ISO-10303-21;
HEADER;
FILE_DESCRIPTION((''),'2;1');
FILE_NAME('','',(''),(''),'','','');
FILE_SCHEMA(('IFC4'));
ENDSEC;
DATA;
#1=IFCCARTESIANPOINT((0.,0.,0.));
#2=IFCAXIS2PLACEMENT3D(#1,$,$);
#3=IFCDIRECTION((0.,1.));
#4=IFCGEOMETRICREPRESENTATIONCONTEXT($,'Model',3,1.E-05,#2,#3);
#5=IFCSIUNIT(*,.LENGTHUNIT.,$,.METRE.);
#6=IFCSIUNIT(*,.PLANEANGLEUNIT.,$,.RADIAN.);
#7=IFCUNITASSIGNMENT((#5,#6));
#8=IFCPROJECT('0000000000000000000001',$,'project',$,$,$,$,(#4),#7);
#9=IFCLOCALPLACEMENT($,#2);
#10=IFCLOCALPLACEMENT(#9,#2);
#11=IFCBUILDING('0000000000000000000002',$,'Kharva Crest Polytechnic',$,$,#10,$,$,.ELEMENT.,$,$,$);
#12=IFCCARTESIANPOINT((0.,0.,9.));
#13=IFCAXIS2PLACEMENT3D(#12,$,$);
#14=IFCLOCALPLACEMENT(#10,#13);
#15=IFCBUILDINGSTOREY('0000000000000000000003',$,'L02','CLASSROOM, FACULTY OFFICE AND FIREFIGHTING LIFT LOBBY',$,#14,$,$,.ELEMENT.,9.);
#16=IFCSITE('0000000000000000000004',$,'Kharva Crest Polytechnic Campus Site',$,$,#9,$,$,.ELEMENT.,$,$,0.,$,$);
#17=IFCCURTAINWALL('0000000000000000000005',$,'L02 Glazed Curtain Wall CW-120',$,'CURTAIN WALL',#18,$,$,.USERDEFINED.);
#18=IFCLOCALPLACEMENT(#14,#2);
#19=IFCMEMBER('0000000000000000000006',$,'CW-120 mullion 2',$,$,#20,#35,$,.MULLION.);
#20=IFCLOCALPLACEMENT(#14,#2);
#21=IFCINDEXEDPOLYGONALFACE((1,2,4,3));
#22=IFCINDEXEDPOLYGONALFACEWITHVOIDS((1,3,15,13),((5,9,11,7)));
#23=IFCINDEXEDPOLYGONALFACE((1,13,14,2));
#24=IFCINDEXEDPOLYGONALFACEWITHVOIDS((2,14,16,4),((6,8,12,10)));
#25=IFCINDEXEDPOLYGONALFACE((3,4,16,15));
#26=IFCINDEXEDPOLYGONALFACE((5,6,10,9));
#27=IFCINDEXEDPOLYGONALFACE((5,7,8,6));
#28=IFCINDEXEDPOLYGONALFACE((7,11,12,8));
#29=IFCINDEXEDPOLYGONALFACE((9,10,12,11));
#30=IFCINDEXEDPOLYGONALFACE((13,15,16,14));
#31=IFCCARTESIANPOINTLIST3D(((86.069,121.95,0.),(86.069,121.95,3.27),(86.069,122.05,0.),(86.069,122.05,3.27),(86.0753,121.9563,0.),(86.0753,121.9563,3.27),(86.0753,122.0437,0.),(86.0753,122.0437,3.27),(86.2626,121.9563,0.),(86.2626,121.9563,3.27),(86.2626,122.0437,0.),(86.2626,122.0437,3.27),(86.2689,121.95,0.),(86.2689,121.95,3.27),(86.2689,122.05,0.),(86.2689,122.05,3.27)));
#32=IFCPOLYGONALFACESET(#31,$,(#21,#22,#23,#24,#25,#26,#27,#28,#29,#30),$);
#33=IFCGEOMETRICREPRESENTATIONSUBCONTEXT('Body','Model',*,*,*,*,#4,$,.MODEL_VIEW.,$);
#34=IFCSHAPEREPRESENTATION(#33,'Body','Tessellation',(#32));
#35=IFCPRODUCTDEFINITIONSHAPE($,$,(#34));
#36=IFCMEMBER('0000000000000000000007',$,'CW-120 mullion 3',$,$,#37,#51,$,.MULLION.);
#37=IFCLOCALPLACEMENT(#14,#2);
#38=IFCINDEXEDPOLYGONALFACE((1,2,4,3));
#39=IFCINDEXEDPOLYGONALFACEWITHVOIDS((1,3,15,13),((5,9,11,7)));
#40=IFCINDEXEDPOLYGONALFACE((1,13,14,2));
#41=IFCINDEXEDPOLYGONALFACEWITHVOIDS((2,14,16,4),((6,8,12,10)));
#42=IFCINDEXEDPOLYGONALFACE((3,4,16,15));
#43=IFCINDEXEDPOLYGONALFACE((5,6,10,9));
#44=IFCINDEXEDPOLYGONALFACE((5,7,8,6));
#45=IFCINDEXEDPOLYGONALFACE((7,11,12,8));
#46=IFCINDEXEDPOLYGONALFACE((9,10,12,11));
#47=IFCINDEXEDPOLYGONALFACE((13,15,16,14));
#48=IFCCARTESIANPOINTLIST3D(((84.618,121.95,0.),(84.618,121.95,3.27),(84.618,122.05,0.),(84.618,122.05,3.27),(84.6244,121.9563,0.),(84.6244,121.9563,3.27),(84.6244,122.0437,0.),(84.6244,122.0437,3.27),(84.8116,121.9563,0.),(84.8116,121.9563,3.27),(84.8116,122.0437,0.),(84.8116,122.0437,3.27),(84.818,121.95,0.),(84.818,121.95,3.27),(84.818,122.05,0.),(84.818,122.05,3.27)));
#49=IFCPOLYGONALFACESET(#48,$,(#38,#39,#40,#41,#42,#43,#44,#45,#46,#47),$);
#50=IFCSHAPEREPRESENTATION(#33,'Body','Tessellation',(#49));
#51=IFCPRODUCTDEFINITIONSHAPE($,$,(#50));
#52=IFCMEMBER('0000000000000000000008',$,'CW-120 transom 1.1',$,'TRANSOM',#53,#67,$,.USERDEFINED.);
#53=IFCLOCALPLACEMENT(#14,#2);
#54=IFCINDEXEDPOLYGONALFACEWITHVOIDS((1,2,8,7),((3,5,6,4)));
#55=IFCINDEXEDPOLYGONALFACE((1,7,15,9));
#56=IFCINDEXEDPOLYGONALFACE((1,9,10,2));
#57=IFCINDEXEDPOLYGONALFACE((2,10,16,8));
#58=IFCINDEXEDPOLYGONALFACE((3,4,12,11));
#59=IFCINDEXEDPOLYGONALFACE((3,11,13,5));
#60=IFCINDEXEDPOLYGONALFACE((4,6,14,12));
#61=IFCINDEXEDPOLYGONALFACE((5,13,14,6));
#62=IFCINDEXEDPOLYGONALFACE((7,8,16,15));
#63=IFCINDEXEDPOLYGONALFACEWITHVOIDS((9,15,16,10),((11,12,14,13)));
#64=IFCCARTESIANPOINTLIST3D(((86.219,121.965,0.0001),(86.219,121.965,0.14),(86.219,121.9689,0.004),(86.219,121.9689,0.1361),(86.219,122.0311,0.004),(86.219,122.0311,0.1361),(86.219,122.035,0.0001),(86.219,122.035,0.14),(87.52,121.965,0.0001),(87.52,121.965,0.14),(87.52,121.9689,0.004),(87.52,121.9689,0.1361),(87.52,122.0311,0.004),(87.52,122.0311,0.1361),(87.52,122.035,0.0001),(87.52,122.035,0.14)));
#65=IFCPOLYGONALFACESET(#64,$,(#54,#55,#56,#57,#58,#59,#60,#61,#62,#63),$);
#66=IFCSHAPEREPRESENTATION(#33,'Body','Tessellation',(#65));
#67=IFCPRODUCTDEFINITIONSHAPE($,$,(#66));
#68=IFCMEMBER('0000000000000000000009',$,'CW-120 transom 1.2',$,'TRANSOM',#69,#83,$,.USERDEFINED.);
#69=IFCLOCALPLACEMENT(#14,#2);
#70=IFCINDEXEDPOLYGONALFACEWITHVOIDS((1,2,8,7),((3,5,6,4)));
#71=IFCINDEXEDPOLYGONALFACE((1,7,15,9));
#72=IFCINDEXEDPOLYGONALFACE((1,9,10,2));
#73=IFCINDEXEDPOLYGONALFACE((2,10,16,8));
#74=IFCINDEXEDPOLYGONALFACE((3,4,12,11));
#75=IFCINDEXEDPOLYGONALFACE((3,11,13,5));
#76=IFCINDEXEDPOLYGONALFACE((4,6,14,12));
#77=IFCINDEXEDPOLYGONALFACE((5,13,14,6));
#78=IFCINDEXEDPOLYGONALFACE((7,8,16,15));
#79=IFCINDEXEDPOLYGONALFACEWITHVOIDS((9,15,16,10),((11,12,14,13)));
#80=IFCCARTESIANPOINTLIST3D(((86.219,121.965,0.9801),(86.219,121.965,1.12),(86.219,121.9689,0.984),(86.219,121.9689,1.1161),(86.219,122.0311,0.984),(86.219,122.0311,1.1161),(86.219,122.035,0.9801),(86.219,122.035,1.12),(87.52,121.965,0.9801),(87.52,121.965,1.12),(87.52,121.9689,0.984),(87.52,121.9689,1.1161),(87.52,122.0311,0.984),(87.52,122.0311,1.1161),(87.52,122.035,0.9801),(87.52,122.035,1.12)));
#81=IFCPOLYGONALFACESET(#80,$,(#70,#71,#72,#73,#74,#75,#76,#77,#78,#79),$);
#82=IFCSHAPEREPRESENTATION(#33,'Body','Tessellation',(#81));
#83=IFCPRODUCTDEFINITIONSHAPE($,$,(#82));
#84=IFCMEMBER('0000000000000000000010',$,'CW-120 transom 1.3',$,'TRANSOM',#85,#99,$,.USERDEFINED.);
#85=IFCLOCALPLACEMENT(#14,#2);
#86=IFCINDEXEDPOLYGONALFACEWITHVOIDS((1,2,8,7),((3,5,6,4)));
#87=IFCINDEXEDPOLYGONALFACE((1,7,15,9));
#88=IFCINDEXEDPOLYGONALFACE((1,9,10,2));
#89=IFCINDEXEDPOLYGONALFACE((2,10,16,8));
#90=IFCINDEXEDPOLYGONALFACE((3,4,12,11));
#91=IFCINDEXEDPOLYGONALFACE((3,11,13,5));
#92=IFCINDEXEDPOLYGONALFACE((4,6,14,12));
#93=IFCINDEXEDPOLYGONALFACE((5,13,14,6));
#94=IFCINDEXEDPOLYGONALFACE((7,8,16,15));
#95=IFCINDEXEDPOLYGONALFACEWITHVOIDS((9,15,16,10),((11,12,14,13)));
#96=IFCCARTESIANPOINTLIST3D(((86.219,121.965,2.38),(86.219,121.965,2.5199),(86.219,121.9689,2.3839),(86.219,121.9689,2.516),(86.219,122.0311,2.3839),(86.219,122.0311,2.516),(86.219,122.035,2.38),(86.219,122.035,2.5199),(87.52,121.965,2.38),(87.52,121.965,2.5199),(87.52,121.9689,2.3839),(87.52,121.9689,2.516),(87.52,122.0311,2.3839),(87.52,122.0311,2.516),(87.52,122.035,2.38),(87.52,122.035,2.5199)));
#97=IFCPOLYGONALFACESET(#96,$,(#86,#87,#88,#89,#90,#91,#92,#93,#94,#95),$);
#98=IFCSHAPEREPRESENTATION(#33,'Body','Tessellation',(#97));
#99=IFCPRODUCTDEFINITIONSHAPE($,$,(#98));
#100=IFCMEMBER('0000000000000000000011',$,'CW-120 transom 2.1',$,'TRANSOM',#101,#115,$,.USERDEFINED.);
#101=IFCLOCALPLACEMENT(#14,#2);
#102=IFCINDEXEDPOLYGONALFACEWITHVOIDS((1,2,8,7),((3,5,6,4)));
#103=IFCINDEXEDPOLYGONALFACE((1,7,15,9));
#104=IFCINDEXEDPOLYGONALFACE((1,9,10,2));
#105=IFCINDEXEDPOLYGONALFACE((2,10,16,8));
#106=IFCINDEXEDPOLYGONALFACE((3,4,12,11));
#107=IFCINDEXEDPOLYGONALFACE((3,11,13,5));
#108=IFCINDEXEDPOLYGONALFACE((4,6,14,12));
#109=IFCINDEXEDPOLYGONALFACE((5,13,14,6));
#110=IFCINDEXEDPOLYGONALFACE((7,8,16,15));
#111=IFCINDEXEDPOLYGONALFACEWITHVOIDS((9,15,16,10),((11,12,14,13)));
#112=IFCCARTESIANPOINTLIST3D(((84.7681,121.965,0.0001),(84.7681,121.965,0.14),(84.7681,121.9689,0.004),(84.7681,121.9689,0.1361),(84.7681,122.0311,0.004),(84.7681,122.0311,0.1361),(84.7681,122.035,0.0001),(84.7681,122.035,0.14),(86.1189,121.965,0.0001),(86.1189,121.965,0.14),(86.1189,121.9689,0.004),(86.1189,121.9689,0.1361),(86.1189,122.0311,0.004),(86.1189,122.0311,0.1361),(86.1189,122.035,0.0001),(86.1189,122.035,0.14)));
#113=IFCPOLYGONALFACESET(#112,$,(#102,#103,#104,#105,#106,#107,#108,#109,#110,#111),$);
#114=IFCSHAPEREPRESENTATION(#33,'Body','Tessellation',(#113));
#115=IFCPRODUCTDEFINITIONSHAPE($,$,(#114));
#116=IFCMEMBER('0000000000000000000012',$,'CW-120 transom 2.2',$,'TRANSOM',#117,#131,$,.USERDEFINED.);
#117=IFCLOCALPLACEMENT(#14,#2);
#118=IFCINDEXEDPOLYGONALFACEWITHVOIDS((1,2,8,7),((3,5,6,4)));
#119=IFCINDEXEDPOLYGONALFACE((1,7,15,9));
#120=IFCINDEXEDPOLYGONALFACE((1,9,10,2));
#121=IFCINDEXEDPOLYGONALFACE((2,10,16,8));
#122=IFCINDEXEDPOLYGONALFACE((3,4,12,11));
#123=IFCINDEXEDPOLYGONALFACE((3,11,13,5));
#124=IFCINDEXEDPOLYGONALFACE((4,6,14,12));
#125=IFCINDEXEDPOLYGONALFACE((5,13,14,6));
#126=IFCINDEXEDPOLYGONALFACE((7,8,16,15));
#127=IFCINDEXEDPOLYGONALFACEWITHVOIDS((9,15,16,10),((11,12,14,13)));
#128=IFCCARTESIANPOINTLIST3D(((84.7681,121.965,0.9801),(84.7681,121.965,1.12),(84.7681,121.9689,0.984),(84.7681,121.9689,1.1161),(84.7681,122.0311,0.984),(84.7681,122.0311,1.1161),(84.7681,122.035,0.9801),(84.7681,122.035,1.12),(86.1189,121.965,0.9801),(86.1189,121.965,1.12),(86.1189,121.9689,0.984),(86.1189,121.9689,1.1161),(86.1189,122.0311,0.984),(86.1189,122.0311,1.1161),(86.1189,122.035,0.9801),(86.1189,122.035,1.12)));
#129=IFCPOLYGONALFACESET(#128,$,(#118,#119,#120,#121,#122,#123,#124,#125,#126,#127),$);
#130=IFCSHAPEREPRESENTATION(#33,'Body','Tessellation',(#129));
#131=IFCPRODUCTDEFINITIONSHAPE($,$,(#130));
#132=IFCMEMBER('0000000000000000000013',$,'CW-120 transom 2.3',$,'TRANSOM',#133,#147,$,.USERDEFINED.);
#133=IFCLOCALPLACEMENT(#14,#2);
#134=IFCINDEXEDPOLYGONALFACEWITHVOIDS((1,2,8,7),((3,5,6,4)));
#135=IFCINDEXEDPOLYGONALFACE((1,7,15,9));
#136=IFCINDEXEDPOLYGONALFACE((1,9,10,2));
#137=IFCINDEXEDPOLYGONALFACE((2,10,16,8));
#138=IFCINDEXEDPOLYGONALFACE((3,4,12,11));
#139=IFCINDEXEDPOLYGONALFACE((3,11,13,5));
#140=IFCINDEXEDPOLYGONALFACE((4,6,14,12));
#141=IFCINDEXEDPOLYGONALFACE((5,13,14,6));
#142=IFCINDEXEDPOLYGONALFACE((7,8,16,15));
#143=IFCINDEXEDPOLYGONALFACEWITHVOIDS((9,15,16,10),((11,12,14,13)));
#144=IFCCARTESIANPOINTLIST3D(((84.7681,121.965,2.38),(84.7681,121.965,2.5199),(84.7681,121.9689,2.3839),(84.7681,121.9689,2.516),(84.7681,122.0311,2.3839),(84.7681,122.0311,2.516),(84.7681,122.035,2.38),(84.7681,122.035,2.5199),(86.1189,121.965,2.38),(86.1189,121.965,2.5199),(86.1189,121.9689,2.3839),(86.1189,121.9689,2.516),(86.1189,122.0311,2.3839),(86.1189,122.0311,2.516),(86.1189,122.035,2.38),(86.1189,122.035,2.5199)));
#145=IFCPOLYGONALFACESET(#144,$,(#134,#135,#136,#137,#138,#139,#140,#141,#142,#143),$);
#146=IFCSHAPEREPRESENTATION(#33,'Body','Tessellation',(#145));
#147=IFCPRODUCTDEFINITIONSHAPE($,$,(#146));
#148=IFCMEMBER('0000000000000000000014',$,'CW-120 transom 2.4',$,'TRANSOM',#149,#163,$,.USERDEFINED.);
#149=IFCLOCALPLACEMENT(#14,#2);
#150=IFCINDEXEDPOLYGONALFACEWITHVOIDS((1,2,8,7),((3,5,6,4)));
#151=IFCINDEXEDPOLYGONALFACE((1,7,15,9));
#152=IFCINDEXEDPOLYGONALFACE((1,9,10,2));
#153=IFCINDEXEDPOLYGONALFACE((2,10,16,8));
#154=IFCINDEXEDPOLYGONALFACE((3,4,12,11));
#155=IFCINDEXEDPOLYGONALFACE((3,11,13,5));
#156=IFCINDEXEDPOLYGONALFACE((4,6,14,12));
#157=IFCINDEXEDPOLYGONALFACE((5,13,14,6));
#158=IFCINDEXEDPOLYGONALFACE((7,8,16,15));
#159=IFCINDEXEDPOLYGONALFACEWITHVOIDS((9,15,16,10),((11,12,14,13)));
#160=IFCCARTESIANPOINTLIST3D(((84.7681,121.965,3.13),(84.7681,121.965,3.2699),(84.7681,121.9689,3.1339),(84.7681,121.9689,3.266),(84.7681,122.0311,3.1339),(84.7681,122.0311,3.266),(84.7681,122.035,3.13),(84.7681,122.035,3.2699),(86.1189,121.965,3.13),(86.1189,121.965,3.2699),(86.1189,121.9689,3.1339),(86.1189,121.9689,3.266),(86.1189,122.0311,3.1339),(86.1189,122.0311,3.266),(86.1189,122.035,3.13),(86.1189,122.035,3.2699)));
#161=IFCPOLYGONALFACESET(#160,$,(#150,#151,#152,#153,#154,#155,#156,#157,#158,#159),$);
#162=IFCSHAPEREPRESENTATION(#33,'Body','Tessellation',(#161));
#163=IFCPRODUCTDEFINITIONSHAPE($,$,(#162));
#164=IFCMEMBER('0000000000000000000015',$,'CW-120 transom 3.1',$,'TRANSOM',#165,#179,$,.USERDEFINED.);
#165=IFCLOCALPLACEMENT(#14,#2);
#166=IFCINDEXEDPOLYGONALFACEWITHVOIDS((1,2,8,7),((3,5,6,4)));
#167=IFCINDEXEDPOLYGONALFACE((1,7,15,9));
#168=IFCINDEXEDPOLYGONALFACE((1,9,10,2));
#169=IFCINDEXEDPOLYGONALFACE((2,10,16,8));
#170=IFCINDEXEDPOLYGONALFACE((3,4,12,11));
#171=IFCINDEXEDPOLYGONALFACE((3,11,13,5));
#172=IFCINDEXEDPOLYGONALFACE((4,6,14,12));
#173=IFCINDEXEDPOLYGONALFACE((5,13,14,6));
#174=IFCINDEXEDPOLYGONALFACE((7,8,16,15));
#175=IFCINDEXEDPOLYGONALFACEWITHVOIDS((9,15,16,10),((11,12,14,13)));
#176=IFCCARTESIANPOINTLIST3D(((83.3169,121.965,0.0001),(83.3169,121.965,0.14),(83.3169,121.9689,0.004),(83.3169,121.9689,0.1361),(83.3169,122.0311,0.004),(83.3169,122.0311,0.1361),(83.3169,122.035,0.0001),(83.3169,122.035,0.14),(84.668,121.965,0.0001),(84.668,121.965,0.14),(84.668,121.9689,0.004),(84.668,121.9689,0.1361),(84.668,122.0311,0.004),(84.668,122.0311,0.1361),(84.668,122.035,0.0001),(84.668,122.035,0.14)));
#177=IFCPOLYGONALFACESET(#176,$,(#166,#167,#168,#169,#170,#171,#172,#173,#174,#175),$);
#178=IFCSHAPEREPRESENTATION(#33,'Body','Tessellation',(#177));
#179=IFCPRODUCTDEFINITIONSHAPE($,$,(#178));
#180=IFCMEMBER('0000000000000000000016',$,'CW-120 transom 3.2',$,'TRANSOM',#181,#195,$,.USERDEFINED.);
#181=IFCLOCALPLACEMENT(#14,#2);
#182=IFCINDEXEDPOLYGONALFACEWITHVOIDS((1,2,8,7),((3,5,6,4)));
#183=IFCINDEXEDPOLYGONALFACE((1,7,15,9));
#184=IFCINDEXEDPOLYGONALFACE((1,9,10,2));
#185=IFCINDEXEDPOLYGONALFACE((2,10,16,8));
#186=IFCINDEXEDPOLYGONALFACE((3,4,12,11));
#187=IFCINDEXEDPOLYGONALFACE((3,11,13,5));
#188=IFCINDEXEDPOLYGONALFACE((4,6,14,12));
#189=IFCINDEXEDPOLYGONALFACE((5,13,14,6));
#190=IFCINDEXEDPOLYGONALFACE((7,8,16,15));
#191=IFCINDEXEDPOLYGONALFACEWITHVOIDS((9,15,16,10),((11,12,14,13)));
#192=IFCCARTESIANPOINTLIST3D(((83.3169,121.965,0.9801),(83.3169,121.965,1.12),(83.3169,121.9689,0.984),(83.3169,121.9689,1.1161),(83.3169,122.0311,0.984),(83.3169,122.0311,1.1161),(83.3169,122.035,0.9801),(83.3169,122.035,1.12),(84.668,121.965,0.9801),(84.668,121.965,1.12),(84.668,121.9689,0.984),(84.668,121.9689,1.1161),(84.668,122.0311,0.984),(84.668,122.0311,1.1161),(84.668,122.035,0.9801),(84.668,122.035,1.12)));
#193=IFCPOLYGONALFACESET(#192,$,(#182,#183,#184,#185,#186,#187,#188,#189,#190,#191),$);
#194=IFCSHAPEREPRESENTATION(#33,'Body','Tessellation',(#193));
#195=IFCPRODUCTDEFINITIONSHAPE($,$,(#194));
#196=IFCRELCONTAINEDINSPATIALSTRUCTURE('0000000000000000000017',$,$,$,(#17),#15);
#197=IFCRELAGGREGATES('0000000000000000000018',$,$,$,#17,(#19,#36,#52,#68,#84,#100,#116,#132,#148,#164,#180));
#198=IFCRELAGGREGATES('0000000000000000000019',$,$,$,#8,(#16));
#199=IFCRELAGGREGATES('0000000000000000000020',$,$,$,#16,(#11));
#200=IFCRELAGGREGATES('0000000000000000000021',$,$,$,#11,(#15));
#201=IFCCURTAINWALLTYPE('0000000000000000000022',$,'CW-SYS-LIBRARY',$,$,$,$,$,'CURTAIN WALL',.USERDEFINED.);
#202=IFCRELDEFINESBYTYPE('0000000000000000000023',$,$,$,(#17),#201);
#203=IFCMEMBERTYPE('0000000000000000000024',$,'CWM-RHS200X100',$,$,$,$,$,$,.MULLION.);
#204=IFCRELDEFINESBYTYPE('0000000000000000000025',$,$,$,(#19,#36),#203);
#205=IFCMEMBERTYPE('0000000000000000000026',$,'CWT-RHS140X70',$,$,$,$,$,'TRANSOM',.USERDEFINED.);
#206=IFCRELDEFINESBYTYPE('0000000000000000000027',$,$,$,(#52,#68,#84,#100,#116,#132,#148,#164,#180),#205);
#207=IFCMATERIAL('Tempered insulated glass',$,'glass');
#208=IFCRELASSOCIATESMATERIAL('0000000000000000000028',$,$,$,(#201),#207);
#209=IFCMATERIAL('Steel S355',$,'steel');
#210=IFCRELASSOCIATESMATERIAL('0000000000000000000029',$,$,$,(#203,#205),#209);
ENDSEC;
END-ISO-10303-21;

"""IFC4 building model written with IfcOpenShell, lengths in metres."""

from ifc_helpers import new_model, si_unit, direction, frame, origin, origin_2d, place, context, subcontext, project, spatial, hollow_rectangle, extrude, material, material_profile, profile_set, type_object, element, aggregate, save


model = new_model("IFC4")

# Units and contexts
model_context = context("Model", 3, precision=1e-05, world=origin(), true_north=direction((0.0, 1.0)))
body_context = subcontext(model_context, "Body", "Model", "MODEL_VIEW")
ifc_project = project(units=[si_unit("LENGTHUNIT", "METRE"), si_unit("PLANEANGLEUNIT", "RADIAN")], contexts=[model_context])

# Site, building, storey
site_placement = place(None, origin())
site = spatial("IfcSite", under=ifc_project, at=site_placement, Name="Kharva Crest Polytechnic Campus Site", CompositionType="ELEMENT", RefElevation=0.0)
building_placement = place(site_placement, origin())
building = spatial("IfcBuilding", under=site, at=building_placement, Name="Kharva Crest Polytechnic", CompositionType="ELEMENT")
storey_placement = place(building_placement, frame((0.0, 0.0, 9.0)))
storey = spatial("IfcBuildingStorey", under=building, at=storey_placement, Name="L02", Description="CLASSROOM, FACULTY OFFICE AND FIREFIGHTING LIFT LOBBY", CompositionType="ELEMENT", Elevation=9.0)

# Curtain wall, members
ifc_material_1 = material(Name="Tempered insulated glass", Category="glass")
curtain_wall_type = type_object("IfcCurtainWallType", Name="CW-SYS-LIBRARY", ElementType="CURTAIN WALL", PredefinedType="USERDEFINED", material=ifc_material_1)
curtain_wall_placement = place(storey_placement, origin())
curtain_wall = element("IfcCurtainWall", 1, at=curtain_wall_placement, inside=storey, type_object=curtain_wall_type, Name="L02 Glazed Curtain Wall CW-120", ObjectType="CURTAIN WALL", PredefinedType="USERDEFINED")
ifc_material_2 = material(Name="Steel S355", Category="steel")
ifc_material_profile_1 = material_profile(ifc_material_2, hollow_rectangle(XDim=0.1001, YDim=0.2, WallThickness=0.0063, at=origin_2d()), Name="RHS 200X100X6.3")
ifc_profile_set_1 = profile_set([ifc_material_profile_1], Name="Steel S355")
member_type_1 = type_object("IfcMemberType", Name="CWM-RHS200X100", PredefinedType="MULLION", material=ifc_profile_set_1)
member_1_placement = place(storey_placement, frame((86.1689, 122.0, 0.0), z_axis=(0.0, 0.0, 1.0), x_axis=(0.0, -1.0, 0.0)))
member_1 = element("IfcMember", 2, at=member_1_placement, type_object=member_type_1, Name="CW-120 mullion 2", PredefinedType="MULLION", context=body_context, shape_type="SweptSolid", body=[
    extrude(hollow_rectangle(XDim=0.1001, YDim=0.2, WallThickness=0.0063, at=origin_2d()), origin(), (0.0, 0.0, 1.0), 3.27),
])
member_2_placement = place(storey_placement, frame((84.718, 122.0, 0.0), z_axis=(0.0, 0.0, 1.0), x_axis=(0.0, -1.0, 0.0)))
member_2 = element("IfcMember", 3, at=member_2_placement, type_object=member_type_1, Name="CW-120 mullion 3", PredefinedType="MULLION", context=body_context, shape_type="SweptSolid", body=[
    extrude(hollow_rectangle(XDim=0.1001, YDim=0.2, WallThickness=0.0063, at=origin_2d()), origin(), (0.0, 0.0, 1.0), 3.27),
])
ifc_material_profile_2 = material_profile(ifc_material_2, hollow_rectangle(XDim=0.0701, YDim=0.1399, WallThickness=0.0039, at=origin_2d()), Name="RHS 140X70X4.0")
ifc_profile_set_2 = profile_set([ifc_material_profile_2], Name="Steel S355")
member_type_2 = type_object("IfcMemberType", Name="CWT-RHS140X70", ElementType="TRANSOM", PredefinedType="USERDEFINED", material=ifc_profile_set_2)
member_3_placement = place(storey_placement, frame((87.52, 122.0, 0.0701), z_axis=(-1.0, 0.0, 0.0), x_axis=(0.0, -1.0, 0.0)))
member_3 = element("IfcMember", 4, at=member_3_placement, type_object=member_type_2, Name="CW-120 transom 1.1", ObjectType="TRANSOM", PredefinedType="USERDEFINED", context=body_context, shape_type="SweptSolid", body=[
    extrude(hollow_rectangle(XDim=0.0701, YDim=0.1399, WallThickness=0.0039, at=origin_2d()), origin(), (0.0, 0.0, 1.0), 1.301),
])
member_4_placement = place(storey_placement, frame((87.52, 122.0, 1.05), z_axis=(-1.0, 0.0, 0.0), x_axis=(0.0, -1.0, 0.0)))
member_4 = element("IfcMember", 5, at=member_4_placement, type_object=member_type_2, Name="CW-120 transom 1.2", ObjectType="TRANSOM", PredefinedType="USERDEFINED", context=body_context, shape_type="SweptSolid", body=[
    extrude(hollow_rectangle(XDim=0.0701, YDim=0.1399, WallThickness=0.0039, at=origin_2d()), origin(), (0.0, 0.0, 1.0), 1.301),
])
member_5_placement = place(storey_placement, frame((87.52, 122.0, 2.45), z_axis=(-1.0, 0.0, 0.0), x_axis=(0.0, -1.0, 0.0)))
member_5 = element("IfcMember", 6, at=member_5_placement, type_object=member_type_2, Name="CW-120 transom 1.3", ObjectType="TRANSOM", PredefinedType="USERDEFINED", context=body_context, shape_type="SweptSolid", body=[
    extrude(hollow_rectangle(XDim=0.0701, YDim=0.1399, WallThickness=0.0039, at=origin_2d()), origin(), (0.0, 0.0, 1.0), 1.301),
])
member_6_placement = place(storey_placement, frame((86.1189, 122.0, 0.0701), z_axis=(-1.0, 0.0, 0.0), x_axis=(0.0, -1.0, 0.0)))
member_6 = element("IfcMember", 7, at=member_6_placement, type_object=member_type_2, Name="CW-120 transom 2.1", ObjectType="TRANSOM", PredefinedType="USERDEFINED", context=body_context, shape_type="SweptSolid", body=[
    extrude(hollow_rectangle(XDim=0.0701, YDim=0.1399, WallThickness=0.0039, at=origin_2d()), origin(), (0.0, 0.0, 1.0), 1.3508),
])
member_7_placement = place(storey_placement, frame((86.1189, 122.0, 1.05), z_axis=(-1.0, 0.0, 0.0), x_axis=(0.0, -1.0, 0.0)))
member_7 = element("IfcMember", 8, at=member_7_placement, type_object=member_type_2, Name="CW-120 transom 2.2", ObjectType="TRANSOM", PredefinedType="USERDEFINED", context=body_context, shape_type="SweptSolid", body=[
    extrude(hollow_rectangle(XDim=0.0701, YDim=0.1399, WallThickness=0.0039, at=origin_2d()), origin(), (0.0, 0.0, 1.0), 1.3508),
])
member_8_placement = place(storey_placement, frame((86.1189, 122.0, 2.45), z_axis=(-1.0, 0.0, 0.0), x_axis=(0.0, -1.0, 0.0)))
member_8 = element("IfcMember", 9, at=member_8_placement, type_object=member_type_2, Name="CW-120 transom 2.3", ObjectType="TRANSOM", PredefinedType="USERDEFINED", context=body_context, shape_type="SweptSolid", body=[
    extrude(hollow_rectangle(XDim=0.0701, YDim=0.1399, WallThickness=0.0039, at=origin_2d()), origin(), (0.0, 0.0, 1.0), 1.3508),
])
member_9_placement = place(storey_placement, frame((86.1189, 122.0, 3.2), z_axis=(-1.0, 0.0, 0.0), x_axis=(0.0, -1.0, 0.0)))
member_9 = element("IfcMember", 10, at=member_9_placement, type_object=member_type_2, Name="CW-120 transom 2.4", ObjectType="TRANSOM", PredefinedType="USERDEFINED", context=body_context, shape_type="SweptSolid", body=[
    extrude(hollow_rectangle(XDim=0.0701, YDim=0.1399, WallThickness=0.0039, at=origin_2d()), origin(), (0.0, 0.0, 1.0), 1.3508),
])
member_10_placement = place(storey_placement, frame((84.668, 122.0, 0.0701), z_axis=(-1.0, 0.0, 0.0), x_axis=(0.0, -1.0, 0.0)))
member_10 = element("IfcMember", 11, at=member_10_placement, type_object=member_type_2, Name="CW-120 transom 3.1", ObjectType="TRANSOM", PredefinedType="USERDEFINED", context=body_context, shape_type="SweptSolid", body=[
    extrude(hollow_rectangle(XDim=0.0701, YDim=0.1399, WallThickness=0.0039, at=origin_2d()), origin(), (0.0, 0.0, 1.0), 1.3511),
])
member_11_placement = place(storey_placement, frame((84.668, 122.0, 1.05), z_axis=(-1.0, 0.0, 0.0), x_axis=(0.0, -1.0, 0.0)))
member_11 = element("IfcMember", 12, at=member_11_placement, type_object=member_type_2, Name="CW-120 transom 3.2", ObjectType="TRANSOM", PredefinedType="USERDEFINED", context=body_context, shape_type="SweptSolid", body=[
    extrude(hollow_rectangle(XDim=0.0701, YDim=0.1399, WallThickness=0.0039, at=origin_2d()), origin(), (0.0, 0.0, 1.0), 1.3511),
])
aggregate(curtain_wall, [member_1, member_2, member_3, member_4, member_5, member_6, member_7, member_8, member_9, member_10, member_11])

save(model, "model.ifc")
